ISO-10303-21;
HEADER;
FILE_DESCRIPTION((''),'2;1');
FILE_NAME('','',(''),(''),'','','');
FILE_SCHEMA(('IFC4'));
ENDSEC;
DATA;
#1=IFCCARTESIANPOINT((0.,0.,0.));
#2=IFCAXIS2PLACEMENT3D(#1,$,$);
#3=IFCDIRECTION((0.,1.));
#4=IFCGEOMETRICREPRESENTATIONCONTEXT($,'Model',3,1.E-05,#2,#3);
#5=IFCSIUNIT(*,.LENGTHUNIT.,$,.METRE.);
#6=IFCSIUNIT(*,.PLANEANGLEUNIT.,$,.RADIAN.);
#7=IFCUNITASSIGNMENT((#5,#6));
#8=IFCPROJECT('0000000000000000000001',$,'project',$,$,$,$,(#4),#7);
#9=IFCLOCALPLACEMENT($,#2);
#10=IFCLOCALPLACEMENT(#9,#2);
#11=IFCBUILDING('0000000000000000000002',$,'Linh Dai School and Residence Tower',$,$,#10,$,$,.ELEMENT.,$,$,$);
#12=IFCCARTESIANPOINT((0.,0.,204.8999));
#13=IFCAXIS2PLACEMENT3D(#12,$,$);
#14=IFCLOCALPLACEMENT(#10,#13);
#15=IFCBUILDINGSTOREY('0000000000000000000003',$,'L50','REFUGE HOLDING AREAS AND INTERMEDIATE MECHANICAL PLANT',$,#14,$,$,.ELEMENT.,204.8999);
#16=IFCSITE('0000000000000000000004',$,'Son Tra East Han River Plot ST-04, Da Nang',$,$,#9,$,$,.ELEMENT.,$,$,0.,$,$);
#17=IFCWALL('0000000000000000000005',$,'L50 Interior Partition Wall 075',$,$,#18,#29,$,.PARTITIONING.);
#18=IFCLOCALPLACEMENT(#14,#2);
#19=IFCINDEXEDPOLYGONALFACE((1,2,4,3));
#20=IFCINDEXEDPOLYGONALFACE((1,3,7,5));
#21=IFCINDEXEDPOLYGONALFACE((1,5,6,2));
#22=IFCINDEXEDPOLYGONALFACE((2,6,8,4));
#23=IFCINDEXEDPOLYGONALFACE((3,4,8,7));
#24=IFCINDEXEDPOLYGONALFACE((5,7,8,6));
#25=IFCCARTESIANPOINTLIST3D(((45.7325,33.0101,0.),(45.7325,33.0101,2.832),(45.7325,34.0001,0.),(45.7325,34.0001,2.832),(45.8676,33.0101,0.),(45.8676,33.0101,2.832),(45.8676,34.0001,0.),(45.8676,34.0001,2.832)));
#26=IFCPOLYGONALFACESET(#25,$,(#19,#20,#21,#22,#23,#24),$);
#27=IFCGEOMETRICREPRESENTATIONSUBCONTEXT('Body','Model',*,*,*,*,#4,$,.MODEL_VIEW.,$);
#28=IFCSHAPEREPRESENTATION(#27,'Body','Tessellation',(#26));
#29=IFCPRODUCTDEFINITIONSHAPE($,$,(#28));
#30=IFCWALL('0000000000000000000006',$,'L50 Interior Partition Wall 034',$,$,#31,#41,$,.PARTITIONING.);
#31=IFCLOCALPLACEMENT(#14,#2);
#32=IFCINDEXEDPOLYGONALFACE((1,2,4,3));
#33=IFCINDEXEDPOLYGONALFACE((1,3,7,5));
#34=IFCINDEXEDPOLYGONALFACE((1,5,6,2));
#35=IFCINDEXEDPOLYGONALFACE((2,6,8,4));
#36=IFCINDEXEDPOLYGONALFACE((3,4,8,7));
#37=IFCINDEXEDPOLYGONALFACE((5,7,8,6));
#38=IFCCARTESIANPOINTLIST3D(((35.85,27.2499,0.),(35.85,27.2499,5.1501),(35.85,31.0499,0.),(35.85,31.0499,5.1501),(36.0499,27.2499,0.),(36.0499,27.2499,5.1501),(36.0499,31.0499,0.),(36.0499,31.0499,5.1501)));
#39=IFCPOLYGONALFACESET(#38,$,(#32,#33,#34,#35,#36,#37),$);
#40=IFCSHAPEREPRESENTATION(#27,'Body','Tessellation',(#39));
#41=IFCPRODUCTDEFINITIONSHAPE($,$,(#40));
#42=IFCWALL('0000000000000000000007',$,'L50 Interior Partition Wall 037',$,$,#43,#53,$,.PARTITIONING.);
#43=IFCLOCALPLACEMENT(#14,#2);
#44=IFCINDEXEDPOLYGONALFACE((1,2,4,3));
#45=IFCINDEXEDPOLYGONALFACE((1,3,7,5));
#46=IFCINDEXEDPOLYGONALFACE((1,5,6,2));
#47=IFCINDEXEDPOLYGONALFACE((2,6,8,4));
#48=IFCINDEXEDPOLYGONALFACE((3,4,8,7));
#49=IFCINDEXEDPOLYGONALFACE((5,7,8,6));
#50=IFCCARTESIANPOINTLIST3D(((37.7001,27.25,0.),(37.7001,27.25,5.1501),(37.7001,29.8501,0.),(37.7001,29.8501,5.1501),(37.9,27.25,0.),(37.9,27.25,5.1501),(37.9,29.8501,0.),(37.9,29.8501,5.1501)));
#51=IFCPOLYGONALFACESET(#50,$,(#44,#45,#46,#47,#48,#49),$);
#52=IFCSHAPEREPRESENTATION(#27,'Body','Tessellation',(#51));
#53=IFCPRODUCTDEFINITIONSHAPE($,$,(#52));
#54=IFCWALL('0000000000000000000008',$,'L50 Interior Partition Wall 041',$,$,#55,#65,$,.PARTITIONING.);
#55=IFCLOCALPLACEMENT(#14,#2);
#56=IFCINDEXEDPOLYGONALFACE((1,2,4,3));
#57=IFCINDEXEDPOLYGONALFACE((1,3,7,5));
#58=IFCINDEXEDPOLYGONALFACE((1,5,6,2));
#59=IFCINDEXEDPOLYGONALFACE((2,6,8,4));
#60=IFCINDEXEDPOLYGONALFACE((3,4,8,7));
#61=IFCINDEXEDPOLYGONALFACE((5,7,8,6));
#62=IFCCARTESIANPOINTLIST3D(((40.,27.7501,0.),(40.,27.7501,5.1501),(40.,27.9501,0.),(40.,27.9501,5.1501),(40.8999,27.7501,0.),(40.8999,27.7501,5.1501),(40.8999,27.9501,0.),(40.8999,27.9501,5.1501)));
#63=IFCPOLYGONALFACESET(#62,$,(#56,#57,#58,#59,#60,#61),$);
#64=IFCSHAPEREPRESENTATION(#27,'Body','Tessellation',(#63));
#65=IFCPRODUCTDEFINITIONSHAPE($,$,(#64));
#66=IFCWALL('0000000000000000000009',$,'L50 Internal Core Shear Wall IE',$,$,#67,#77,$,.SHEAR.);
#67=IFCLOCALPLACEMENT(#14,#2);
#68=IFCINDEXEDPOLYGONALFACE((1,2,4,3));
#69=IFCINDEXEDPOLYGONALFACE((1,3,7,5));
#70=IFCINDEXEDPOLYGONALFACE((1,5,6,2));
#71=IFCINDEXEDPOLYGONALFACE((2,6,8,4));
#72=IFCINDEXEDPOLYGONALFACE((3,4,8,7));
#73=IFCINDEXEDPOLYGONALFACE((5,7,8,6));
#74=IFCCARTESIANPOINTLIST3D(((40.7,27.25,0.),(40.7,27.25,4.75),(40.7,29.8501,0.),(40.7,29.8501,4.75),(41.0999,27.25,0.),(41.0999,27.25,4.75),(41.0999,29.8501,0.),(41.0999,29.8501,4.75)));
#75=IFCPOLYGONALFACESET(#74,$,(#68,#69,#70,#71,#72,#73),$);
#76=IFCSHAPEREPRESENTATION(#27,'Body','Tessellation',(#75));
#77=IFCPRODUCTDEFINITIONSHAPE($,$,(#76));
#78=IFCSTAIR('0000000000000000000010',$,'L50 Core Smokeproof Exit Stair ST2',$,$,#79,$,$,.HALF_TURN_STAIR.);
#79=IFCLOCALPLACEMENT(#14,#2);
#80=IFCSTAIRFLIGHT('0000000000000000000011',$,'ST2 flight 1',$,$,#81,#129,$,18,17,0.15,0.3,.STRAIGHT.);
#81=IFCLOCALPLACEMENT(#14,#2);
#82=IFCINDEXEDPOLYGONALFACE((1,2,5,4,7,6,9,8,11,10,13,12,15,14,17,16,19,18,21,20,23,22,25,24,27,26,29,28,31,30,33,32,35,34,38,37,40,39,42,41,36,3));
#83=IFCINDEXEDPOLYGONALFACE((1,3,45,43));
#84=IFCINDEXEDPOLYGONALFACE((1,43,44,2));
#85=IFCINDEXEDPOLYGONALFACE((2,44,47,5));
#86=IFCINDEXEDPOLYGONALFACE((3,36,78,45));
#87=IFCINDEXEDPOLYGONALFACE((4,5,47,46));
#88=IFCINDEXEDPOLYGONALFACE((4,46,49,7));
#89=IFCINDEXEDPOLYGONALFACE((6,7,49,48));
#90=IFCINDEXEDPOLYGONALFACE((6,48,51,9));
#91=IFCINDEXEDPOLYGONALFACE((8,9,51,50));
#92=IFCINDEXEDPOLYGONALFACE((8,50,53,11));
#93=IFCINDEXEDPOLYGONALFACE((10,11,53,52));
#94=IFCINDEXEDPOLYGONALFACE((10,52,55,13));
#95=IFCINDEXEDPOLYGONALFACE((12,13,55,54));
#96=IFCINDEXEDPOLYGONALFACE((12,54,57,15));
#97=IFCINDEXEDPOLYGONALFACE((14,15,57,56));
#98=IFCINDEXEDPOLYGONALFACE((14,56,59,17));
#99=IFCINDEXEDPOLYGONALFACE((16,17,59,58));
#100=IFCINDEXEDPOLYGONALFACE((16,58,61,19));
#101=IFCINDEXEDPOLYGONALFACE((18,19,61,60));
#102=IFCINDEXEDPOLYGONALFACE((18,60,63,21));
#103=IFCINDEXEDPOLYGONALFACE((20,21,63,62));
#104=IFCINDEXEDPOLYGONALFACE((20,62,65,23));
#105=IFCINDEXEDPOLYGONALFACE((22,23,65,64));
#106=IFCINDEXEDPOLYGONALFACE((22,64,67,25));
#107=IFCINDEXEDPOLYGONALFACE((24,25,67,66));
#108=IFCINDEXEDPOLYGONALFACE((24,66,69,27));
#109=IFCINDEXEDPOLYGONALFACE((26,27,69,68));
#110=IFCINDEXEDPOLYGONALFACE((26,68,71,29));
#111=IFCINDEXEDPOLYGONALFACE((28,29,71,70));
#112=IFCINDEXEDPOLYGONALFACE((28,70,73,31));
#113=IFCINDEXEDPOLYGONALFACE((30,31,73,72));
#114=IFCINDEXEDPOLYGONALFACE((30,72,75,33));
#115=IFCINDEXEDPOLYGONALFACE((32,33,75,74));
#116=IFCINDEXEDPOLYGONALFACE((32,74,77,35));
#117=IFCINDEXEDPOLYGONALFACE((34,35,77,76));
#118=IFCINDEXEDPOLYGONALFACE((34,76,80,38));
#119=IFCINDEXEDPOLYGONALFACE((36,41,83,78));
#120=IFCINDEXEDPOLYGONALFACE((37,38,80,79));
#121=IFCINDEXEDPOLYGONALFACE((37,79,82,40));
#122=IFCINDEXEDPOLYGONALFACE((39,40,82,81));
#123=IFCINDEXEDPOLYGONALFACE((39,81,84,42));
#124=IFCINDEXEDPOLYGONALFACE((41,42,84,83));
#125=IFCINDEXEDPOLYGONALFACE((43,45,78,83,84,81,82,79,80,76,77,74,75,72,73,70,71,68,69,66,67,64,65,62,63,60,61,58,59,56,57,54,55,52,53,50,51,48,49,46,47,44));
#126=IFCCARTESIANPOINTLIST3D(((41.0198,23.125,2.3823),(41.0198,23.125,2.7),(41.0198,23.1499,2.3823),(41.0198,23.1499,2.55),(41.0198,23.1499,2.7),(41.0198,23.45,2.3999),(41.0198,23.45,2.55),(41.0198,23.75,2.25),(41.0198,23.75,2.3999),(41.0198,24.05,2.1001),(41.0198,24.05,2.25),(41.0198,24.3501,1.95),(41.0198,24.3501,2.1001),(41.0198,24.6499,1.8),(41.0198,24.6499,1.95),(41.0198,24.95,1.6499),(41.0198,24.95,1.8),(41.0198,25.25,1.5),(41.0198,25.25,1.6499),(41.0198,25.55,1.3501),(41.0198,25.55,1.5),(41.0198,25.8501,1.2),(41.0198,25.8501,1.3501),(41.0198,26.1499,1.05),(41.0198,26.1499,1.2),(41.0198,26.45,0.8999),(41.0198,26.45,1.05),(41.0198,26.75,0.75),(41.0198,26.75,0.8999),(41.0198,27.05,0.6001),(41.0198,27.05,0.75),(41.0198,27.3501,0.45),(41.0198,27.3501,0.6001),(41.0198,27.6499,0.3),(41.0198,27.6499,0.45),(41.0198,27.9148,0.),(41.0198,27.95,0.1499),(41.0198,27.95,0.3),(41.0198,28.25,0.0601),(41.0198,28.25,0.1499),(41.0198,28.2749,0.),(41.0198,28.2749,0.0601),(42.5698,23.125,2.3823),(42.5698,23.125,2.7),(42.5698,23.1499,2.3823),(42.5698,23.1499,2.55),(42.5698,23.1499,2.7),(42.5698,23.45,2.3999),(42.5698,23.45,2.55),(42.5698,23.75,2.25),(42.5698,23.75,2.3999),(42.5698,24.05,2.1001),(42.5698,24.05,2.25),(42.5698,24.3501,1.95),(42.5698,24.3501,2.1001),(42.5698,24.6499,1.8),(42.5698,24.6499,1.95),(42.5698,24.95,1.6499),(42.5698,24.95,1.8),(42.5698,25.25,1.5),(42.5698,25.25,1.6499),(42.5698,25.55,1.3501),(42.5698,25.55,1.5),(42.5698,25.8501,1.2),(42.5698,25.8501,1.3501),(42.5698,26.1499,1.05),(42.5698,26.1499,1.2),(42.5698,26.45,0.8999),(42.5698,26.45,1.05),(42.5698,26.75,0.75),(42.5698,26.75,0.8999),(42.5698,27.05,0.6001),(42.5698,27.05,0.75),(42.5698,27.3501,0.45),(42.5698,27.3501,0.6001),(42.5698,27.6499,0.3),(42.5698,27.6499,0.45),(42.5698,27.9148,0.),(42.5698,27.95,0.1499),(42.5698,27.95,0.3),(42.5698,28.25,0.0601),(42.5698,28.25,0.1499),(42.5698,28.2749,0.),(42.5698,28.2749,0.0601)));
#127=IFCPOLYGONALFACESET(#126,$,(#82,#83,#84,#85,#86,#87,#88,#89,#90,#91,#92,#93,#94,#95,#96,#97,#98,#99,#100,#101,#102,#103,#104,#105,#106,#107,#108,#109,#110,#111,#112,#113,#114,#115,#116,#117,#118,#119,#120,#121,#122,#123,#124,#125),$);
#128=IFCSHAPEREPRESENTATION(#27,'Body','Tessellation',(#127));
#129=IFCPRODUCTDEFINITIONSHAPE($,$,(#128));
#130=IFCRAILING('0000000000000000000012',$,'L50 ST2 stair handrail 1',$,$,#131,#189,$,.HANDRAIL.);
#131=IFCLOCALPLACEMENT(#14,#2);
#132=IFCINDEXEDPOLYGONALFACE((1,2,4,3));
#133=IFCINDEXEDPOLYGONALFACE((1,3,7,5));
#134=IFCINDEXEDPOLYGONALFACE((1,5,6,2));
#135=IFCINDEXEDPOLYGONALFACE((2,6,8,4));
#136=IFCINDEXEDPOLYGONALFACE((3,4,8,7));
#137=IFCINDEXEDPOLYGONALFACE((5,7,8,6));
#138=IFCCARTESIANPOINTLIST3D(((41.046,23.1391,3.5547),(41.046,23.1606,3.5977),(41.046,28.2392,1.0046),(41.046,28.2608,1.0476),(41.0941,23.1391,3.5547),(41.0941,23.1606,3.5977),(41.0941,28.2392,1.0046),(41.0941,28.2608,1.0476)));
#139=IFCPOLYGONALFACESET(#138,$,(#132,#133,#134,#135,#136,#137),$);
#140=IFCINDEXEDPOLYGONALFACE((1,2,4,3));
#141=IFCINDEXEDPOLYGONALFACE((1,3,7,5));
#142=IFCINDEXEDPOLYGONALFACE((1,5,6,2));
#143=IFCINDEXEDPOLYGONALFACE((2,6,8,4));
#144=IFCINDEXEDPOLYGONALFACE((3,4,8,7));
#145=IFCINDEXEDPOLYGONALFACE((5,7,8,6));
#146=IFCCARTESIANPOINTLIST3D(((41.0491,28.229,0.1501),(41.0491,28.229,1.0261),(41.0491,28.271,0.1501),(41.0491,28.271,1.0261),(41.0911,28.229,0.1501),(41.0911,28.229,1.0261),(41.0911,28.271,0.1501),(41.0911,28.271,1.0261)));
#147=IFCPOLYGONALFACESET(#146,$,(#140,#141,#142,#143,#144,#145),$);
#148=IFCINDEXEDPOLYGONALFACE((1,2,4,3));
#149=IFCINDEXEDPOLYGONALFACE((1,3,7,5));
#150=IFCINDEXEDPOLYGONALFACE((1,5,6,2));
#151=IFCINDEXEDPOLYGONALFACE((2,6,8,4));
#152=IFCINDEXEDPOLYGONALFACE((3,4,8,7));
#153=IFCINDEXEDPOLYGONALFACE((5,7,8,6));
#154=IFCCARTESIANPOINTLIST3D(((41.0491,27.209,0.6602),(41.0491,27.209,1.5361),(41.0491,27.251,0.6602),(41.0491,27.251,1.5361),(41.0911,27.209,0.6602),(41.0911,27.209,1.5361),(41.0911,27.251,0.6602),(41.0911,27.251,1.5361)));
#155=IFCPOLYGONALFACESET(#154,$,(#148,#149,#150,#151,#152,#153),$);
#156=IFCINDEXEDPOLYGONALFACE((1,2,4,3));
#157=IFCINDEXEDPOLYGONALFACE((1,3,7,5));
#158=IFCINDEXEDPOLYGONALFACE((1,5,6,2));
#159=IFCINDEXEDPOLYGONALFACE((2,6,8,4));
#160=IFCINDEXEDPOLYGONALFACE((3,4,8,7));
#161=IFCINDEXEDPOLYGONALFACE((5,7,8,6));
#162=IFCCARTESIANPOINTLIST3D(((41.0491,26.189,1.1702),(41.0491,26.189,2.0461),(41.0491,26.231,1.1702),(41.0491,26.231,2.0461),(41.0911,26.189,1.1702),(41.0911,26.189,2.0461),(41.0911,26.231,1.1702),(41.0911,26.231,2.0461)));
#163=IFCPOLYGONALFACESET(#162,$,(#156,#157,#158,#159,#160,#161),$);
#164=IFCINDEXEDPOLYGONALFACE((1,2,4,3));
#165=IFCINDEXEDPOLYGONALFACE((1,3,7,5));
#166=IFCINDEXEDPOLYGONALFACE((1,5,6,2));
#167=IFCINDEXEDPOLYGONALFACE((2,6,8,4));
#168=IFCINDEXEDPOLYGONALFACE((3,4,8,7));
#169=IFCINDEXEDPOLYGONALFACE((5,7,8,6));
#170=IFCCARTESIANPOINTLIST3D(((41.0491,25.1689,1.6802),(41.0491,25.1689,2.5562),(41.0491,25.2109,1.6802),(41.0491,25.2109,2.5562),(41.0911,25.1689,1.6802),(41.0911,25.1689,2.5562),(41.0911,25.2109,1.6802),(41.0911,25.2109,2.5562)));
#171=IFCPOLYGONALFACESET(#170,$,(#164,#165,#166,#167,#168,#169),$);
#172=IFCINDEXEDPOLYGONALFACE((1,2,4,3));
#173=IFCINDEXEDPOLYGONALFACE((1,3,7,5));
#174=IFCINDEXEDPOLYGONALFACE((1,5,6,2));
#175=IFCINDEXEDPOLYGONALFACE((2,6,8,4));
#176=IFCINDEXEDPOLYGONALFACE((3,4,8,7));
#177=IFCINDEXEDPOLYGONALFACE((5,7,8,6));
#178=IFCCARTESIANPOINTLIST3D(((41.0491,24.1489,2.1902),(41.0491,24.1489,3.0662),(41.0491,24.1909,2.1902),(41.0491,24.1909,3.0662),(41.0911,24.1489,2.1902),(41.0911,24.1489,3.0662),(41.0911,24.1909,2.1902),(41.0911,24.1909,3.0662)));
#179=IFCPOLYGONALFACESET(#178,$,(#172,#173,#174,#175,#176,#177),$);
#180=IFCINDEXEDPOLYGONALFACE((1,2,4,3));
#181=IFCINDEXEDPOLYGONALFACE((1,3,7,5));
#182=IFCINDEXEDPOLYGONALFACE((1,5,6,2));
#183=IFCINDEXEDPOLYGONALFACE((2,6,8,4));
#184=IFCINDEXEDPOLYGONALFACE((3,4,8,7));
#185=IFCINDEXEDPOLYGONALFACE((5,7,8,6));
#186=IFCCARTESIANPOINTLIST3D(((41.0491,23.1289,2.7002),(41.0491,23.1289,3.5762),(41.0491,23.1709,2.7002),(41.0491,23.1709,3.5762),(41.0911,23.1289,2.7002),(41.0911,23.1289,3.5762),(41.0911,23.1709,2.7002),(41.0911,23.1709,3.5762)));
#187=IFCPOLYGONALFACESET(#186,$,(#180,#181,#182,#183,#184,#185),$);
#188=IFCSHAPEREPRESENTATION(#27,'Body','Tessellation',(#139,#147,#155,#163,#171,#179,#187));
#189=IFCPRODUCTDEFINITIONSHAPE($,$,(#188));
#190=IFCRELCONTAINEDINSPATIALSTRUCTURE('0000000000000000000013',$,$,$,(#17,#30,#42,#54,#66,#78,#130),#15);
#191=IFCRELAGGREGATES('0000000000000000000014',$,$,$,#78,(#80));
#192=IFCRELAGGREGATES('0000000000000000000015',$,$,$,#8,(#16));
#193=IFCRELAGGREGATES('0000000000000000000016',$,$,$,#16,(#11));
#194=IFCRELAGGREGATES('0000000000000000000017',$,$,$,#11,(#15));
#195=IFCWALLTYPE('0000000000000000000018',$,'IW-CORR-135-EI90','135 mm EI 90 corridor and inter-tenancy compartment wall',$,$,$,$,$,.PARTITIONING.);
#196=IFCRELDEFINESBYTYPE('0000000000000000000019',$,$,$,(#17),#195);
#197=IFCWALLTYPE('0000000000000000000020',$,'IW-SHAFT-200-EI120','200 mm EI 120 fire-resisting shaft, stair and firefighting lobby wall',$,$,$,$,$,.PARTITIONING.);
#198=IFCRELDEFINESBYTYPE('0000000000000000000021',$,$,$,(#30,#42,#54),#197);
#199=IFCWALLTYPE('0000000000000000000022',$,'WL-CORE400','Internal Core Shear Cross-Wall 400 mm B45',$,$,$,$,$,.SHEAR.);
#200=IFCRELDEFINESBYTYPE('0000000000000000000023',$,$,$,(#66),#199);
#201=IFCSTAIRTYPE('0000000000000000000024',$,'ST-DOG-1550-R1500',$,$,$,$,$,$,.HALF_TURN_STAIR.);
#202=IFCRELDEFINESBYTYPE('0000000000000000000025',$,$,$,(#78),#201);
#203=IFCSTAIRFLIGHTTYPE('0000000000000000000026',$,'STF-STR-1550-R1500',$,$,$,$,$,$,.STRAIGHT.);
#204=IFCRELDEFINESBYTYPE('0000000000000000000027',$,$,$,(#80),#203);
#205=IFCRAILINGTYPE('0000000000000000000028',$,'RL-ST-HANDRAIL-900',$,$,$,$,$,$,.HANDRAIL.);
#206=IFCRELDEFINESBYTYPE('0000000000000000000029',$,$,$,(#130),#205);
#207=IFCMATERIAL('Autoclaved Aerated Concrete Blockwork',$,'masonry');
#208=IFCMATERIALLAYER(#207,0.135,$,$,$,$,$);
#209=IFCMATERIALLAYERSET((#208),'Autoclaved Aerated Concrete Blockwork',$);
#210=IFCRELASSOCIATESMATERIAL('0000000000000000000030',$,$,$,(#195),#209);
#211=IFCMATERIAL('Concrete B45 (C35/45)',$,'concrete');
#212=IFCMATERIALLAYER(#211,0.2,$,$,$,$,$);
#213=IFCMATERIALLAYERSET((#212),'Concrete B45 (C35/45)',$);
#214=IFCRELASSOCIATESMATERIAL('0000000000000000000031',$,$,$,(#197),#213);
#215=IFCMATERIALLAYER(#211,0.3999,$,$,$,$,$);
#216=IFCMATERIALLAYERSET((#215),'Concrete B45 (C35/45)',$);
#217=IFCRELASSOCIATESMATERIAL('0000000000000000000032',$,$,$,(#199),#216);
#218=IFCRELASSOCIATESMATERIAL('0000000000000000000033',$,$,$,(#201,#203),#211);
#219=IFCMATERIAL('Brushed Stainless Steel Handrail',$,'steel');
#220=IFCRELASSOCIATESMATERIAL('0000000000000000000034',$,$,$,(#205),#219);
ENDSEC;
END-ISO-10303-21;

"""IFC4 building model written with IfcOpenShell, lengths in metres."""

from ifc_helpers import new_model, si_unit, direction, frame, frame_2d, origin, origin_2d, place, context, subcontext, project, spatial, polyline, rectangle, outline, extrude, source, transform, mapped, material, layer, layer_set, type_object, element, aggregate, save


model = new_model("IFC4")

# Units and contexts
model_context = context("Model", 3, precision=1e-05, world=origin(), true_north=direction((0.0, 1.0)))
body_context = subcontext(model_context, "Body", "Model", "MODEL_VIEW")
ifc_project = project(units=[si_unit("LENGTHUNIT", "METRE"), si_unit("PLANEANGLEUNIT", "RADIAN")], contexts=[model_context])

# Site, building, storey
site_placement = place(None, origin())
site = spatial("IfcSite", under=ifc_project, at=site_placement, Name="Son Tra East Han River Plot ST-04, Da Nang", CompositionType="ELEMENT", RefElevation=0.0)
building_placement = place(site_placement, origin())
building = spatial("IfcBuilding", under=site, at=building_placement, Name="Linh Dai School and Residence Tower", CompositionType="ELEMENT")
storey_placement = place(building_placement, frame((0.0, 0.0, 204.8999)))
storey = spatial("IfcBuildingStorey", under=building, at=storey_placement, Name="L50", Description="REFUGE HOLDING AREAS AND INTERMEDIATE MECHANICAL PLANT", CompositionType="ELEMENT", Elevation=204.8999)

# Walls
ifc_material_1 = material(Name="Autoclaved Aerated Concrete Blockwork", Category="masonry")
ifc_layer_1 = layer(ifc_material_1, 0.135)
ifc_layer_set_1 = layer_set([ifc_layer_1], Name="Autoclaved Aerated Concrete Blockwork")
wall_type_1 = type_object("IfcWallType", Name="IW-CORR-135-EI90", Description="135 mm EI 90 corridor and inter-tenancy compartment wall", PredefinedType="PARTITIONING", material=ifc_layer_set_1)
wall_1_placement = place(storey_placement, frame((45.8, 33.01, 0.0), z_axis=(0.0, 0.0, 1.0), x_axis=(0.0, 1.0, 0.0)))
element("IfcWall", 1, at=wall_1_placement, inside=storey, type_object=wall_type_1, Name="L50 Interior Partition Wall 075", PredefinedType="PARTITIONING", context=body_context, shape_type="SweptSolid", body=[
    extrude(rectangle(XDim=0.99, YDim=0.135, at=frame_2d((0.4951, 0.0))), origin(), (0.0, 0.0, 1.0), 2.832),
])
ifc_material_2 = material(Name="Concrete B45 (C35/45)", Category="concrete")
ifc_layer_2 = layer(ifc_material_2, 0.2)
ifc_layer_set_2 = layer_set([ifc_layer_2], Name="Concrete B45 (C35/45)")
wall_type_2 = type_object("IfcWallType", Name="IW-SHAFT-200-EI120", Description="200 mm EI 120 fire-resisting shaft, stair and firefighting lobby wall", PredefinedType="PARTITIONING", material=ifc_layer_set_2)
wall_2_placement = place(storey_placement, frame((35.95, 27.25, 0.0), z_axis=(0.0, 0.0, 1.0), x_axis=(0.0, 1.0, 0.0)))
element("IfcWall", 2, at=wall_2_placement, inside=storey, type_object=wall_type_2, Name="L50 Interior Partition Wall 034", PredefinedType="PARTITIONING", context=body_context, shape_type="SweptSolid", body=[
    extrude(rectangle(XDim=3.8, YDim=0.2, at=frame_2d((1.8999, 0.0))), origin(), (0.0, 0.0, 1.0), 5.1501),
])

# Walls
wall_3_placement = place(storey_placement, frame((37.8, 27.25, 0.0), z_axis=(0.0, 0.0, 1.0), x_axis=(0.0, 1.0, 0.0)))
element("IfcWall", 3, at=wall_3_placement, inside=storey, type_object=wall_type_2, Name="L50 Interior Partition Wall 037", PredefinedType="PARTITIONING", context=body_context, shape_type="SweptSolid", body=[
    extrude(rectangle(XDim=2.6001, YDim=0.2, at=frame_2d((1.3, 0.0))), origin(), (0.0, 0.0, 1.0), 5.1501),
])
wall_4_placement = place(storey_placement, frame((40.0, 27.8501, 0.0), z_axis=(0.0, 0.0, 1.0), x_axis=(1.0, 0.0, 0.0)))
element("IfcWall", 4, at=wall_4_placement, inside=storey, type_object=wall_type_2, Name="L50 Interior Partition Wall 041", PredefinedType="PARTITIONING", context=body_context, shape_type="SweptSolid", body=[
    extrude(rectangle(XDim=0.8999, YDim=0.2, at=frame_2d((0.45, 0.0))), origin(), (0.0, 0.0, 1.0), 5.1501),
])
ifc_layer_3 = layer(ifc_material_2, 0.3999)
ifc_layer_set_3 = layer_set([ifc_layer_3], Name="Concrete B45 (C35/45)")
wall_type_3 = type_object("IfcWallType", Name="WL-CORE400", Description="Internal Core Shear Cross-Wall 400 mm B45", PredefinedType="SHEAR", material=ifc_layer_set_3)
wall_5_placement = place(storey_placement, frame((40.8999, 27.25, 0.0), z_axis=(0.0, 0.0, 1.0), x_axis=(0.0, 1.0, 0.0)))
element("IfcWall", 5, at=wall_5_placement, inside=storey, type_object=wall_type_3, Name="L50 Internal Core Shear Wall IE", PredefinedType="SHEAR", context=body_context, shape_type="SweptSolid", body=[
    extrude(rectangle(XDim=2.6001, YDim=0.3999, at=frame_2d((1.3, 0.0))), origin(), (0.0, 0.0, 1.0), 4.75),
])

# Stair, stair flight
stair_type = type_object("IfcStairType", Name="ST-DOG-1550-R1500", PredefinedType="HALF_TURN_STAIR", material=ifc_material_2)
stair_placement = place(storey_placement, origin())
stair = element("IfcStair", 6, at=stair_placement, inside=storey, type_object=stair_type, Name="L50 Core Smokeproof Exit Stair ST2", PredefinedType="HALF_TURN_STAIR")
stair_flight_type = type_object("IfcStairFlightType", Name="STF-STR-1550-R1500", PredefinedType="STRAIGHT", material=ifc_material_2)
shared_shape_1 = source(origin(), body_context, "Body", "SweptSolid", [
    extrude(outline(polyline([(-0.0249, 0.0), (-0.0249, 0.0601), (0.0, 0.0601), (0.0, 0.1499), (0.3, 0.1499), (0.3, 0.3), (0.6001, 0.3), (0.6001, 0.45), (0.8999, 0.45), (0.8999, 0.6001), (1.2, 0.6001), (1.2, 0.75), (1.5, 0.75), (1.5, 0.8999), (1.8, 0.8999), (1.8, 1.05), (2.1001, 1.05), (2.1001, 1.2), (2.3999, 1.2), (2.3999, 1.3501), (2.7, 1.3501), (2.7, 1.5), (3.0, 1.5), (3.0, 1.6499), (3.3, 1.6499), (3.3, 1.8), (3.6001, 1.8), (3.6001, 1.95), (3.8999, 1.95), (3.8999, 2.1001), (4.2, 2.1001), (4.2, 2.25), (4.5, 2.25), (4.5, 2.3999), (4.8, 2.3999), (4.8, 2.55), (5.1001, 2.55), (5.1001, 2.7), (5.125, 2.7), (5.125, 2.3823), (5.1001, 2.3823), (0.3352, 0.0), (-0.0249, 0.0)])), frame((0.0, 0.7749, 0.0), z_axis=(0.0, -1.0, 0.0), x_axis=(1.0, 0.0, 0.0)), (0.0, 0.0, 1.0), 1.55),
])
stair_flight_placement = place(storey_placement, frame((41.7949, 28.25, 0.0), z_axis=(0.0, 0.0, 1.0), x_axis=(0.0, -1.0, 0.0)))
stair_flight = element("IfcStairFlight", 7, at=stair_flight_placement, type_object=stair_flight_type, Name="ST2 flight 1", NumberOfRisers=18, NumberOfTreads=17, PredefinedType="STRAIGHT", RiserHeight=0.15, TreadLength=0.3, context=body_context, shape_type="MappedRepresentation", body=[
    mapped(shared_shape_1, transform((0.0, 0.0, 0.0), x_axis=(1.0, 0.0, 0.0), y_axis=(0.0, 1.0, 0.0), z_axis=(0.0, 0.0, 1.0), scale=1.0)),
])
aggregate(stair, [stair_flight])

# Railing
ifc_material_3 = material(Name="Brushed Stainless Steel Handrail", Category="steel")
railing_type_1 = type_object("IfcRailingType", Name="RL-ST-HANDRAIL-900", PredefinedType="HANDRAIL", material=ifc_material_3)
shared_shape_2 = source(origin(), body_context, "Body", "SweptSolid", [
    extrude(rectangle(XDim=0.0481, YDim=0.0481, at=origin_2d()), frame((0.0, 0.0, 0.876), z_axis=(0.0, -0.894427, 0.447214), x_axis=(1.0, 0.0, 0.0)), (0.0, 0.0, 1.0), 5.7021),
    extrude(rectangle(XDim=0.042, YDim=0.042, at=origin_2d()), origin(), (0.0, 0.0, 1.0), 0.876),
    extrude(rectangle(XDim=0.042, YDim=0.042, at=origin_2d()), frame((0.0, -1.02, 0.51)), (0.0, 0.0, 1.0), 0.876),
    extrude(rectangle(XDim=0.042, YDim=0.042, at=origin_2d()), frame((0.0, -2.04, 1.02)), (0.0, 0.0, 1.0), 0.876),
    extrude(rectangle(XDim=0.042, YDim=0.042, at=origin_2d()), frame((0.0, -3.0601, 1.53)), (0.0, 0.0, 1.0), 0.876),
    extrude(rectangle(XDim=0.042, YDim=0.042, at=origin_2d()), frame((0.0, -4.0801, 2.04)), (0.0, 0.0, 1.0), 0.876),
    extrude(rectangle(XDim=0.042, YDim=0.042, at=origin_2d()), frame((0.0, -5.1001, 2.55)), (0.0, 0.0, 1.0), 0.876),
])
railing_1_placement = place(storey_placement, frame((41.0701, 28.25, 0.1501)))
element("IfcRailing", 8, at=railing_1_placement, inside=storey, type_object=railing_type_1, Name="L50 ST2 stair handrail 1", PredefinedType="HANDRAIL", context=body_context, shape_type="MappedRepresentation", body=[
    mapped(shared_shape_2, transform((0.0, 0.0, 0.0), x_axis=(1.0, 0.0, 0.0), y_axis=(0.0, 1.0, 0.0), z_axis=(0.0, 0.0, 1.0), scale=1.0)),
])

save(model, "model.ifc")
